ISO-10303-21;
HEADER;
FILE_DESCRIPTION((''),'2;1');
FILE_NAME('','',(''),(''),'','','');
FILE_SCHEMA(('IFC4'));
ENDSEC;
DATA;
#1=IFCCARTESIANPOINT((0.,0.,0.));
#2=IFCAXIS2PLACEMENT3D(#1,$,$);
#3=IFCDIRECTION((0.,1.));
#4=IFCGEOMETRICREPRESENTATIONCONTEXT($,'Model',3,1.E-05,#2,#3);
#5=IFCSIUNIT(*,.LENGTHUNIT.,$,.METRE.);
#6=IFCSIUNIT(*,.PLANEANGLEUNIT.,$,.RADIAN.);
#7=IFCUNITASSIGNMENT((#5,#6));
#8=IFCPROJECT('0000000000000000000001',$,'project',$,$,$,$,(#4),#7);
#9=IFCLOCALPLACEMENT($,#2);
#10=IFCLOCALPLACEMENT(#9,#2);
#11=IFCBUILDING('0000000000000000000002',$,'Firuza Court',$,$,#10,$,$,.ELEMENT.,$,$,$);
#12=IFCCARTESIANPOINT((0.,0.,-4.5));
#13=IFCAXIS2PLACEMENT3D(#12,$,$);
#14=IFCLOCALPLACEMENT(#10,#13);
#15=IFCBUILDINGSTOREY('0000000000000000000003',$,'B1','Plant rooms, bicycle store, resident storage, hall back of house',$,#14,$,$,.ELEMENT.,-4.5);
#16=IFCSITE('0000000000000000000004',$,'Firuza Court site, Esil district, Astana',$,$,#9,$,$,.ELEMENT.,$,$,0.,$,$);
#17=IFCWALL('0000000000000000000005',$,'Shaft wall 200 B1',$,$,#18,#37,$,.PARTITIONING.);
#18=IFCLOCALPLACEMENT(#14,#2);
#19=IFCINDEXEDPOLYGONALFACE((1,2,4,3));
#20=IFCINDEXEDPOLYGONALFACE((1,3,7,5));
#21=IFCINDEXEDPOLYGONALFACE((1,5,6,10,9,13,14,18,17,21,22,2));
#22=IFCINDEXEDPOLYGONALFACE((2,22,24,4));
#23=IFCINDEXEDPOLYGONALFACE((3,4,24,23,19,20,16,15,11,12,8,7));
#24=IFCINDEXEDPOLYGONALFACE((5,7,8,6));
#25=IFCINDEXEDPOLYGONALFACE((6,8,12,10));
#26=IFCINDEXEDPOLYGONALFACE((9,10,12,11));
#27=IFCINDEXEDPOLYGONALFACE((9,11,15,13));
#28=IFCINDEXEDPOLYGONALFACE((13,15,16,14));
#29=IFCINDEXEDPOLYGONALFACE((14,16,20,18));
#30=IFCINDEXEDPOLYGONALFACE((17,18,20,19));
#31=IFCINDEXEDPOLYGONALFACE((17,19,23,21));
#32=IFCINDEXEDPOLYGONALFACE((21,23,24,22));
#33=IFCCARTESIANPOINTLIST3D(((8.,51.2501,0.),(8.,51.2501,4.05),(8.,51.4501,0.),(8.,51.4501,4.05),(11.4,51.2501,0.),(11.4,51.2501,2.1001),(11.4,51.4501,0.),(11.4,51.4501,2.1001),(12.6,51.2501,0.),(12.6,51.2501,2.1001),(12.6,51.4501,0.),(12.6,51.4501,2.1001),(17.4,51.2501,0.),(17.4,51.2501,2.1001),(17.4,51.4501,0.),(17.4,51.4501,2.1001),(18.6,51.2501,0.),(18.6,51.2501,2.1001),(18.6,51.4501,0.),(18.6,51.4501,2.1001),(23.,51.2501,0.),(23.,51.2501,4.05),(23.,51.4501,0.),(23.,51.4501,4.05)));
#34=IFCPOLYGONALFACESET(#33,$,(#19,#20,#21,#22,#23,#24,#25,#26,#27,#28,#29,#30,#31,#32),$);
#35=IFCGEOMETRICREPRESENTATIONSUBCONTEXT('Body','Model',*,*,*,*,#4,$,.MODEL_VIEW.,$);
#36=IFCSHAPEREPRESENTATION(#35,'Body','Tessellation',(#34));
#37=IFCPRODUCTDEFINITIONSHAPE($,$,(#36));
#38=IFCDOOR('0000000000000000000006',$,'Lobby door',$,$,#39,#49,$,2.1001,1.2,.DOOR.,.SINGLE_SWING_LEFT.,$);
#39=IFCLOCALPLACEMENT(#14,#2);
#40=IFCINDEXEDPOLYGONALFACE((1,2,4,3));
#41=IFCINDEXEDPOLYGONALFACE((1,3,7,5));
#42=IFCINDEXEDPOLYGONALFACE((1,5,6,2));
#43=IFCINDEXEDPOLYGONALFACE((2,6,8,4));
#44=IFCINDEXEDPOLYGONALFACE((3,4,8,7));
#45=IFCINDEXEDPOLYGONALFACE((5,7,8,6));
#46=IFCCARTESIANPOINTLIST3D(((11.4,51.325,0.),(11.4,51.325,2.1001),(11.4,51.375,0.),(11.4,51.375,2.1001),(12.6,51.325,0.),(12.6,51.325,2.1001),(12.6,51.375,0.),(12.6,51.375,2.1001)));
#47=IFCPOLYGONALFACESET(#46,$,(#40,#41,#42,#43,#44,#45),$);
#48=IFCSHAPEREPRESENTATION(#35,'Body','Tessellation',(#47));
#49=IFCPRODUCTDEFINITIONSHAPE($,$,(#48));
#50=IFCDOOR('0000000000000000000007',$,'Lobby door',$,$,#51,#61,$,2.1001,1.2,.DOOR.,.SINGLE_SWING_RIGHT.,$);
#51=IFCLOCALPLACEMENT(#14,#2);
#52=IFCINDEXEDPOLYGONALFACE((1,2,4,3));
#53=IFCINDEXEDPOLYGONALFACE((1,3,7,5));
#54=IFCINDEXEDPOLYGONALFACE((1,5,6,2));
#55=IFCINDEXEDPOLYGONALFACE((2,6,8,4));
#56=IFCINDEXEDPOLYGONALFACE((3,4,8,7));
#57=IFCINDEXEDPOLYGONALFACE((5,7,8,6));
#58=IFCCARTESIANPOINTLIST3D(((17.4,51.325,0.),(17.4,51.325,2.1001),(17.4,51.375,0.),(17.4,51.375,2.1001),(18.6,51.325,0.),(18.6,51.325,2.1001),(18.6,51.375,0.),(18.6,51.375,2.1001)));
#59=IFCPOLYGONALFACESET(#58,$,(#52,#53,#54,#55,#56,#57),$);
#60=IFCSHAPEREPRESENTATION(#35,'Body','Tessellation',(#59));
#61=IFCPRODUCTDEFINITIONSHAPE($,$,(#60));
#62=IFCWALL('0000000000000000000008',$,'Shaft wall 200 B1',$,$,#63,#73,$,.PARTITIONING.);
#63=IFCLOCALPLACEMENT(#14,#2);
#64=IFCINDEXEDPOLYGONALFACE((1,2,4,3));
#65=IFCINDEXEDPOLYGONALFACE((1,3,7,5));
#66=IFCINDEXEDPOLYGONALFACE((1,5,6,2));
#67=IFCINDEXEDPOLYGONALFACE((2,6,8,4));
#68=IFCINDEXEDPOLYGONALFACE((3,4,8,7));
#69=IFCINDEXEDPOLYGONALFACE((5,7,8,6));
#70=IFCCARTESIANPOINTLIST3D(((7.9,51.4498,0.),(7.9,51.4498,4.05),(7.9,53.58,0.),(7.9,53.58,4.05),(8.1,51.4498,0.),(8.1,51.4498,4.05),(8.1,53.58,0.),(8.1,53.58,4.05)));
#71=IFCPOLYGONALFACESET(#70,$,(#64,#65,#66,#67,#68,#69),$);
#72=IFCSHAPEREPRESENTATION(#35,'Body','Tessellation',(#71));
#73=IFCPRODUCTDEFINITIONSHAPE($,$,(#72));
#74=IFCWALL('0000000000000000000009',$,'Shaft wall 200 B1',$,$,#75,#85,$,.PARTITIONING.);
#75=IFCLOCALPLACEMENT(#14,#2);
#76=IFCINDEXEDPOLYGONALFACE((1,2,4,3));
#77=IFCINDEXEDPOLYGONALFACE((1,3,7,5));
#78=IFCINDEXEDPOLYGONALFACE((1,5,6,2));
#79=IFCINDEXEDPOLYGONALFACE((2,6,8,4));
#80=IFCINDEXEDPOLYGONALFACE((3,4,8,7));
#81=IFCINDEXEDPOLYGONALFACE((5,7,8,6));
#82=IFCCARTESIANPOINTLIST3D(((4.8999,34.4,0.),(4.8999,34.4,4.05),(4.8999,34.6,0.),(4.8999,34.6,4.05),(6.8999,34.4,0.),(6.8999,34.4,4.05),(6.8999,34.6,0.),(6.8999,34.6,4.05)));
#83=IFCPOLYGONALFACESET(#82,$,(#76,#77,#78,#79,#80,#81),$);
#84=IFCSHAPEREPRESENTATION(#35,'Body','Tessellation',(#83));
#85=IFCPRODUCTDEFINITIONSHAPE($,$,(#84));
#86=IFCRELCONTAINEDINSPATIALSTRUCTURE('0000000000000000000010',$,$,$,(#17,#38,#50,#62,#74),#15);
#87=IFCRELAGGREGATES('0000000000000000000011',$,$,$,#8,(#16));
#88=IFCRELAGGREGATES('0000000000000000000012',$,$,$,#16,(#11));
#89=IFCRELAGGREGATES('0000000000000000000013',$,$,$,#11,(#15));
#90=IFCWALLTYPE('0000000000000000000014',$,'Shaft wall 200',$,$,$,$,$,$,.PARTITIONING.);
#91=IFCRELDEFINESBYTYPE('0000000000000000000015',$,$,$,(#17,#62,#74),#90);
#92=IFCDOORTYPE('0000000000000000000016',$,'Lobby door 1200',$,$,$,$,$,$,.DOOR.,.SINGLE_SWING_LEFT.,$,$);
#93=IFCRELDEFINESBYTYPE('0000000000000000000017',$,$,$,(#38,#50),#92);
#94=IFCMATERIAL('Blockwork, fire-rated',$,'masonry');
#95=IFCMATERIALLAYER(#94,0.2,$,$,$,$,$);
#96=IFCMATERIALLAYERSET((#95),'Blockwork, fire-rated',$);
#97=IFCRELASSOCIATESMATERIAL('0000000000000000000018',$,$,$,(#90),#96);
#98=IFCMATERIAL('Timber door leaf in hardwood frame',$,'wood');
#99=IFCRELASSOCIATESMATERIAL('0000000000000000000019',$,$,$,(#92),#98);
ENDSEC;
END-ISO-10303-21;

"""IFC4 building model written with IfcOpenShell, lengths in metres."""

from ifc_helpers import new_model, si_unit, direction, frame, frame_2d, origin, place, context, subcontext, project, spatial, rectangle, extrude, material, layer, layer_set, type_object, element, fill, save


model = new_model("IFC4")

# Units and contexts
model_context = context("Model", 3, precision=1e-05, world=origin(), true_north=direction((0.0, 1.0)))
body_context = subcontext(model_context, "Body", "Model", "MODEL_VIEW")
ifc_project = project(units=[si_unit("LENGTHUNIT", "METRE"), si_unit("PLANEANGLEUNIT", "RADIAN")], contexts=[model_context])

# Site, building, storey
site_placement = place(None, origin())
site = spatial("IfcSite", under=ifc_project, at=site_placement, Name="Firuza Court site, Esil district, Astana", CompositionType="ELEMENT", RefElevation=0.0)
building_placement = place(site_placement, origin())
building = spatial("IfcBuilding", under=site, at=building_placement, Name="Firuza Court", CompositionType="ELEMENT")
storey_placement = place(building_placement, frame((0.0, 0.0, -4.5)))
storey = spatial("IfcBuildingStorey", under=building, at=storey_placement, Name="B1", Description="Plant rooms, bicycle store, resident storage, hall back of house", CompositionType="ELEMENT", Elevation=-4.5)

# Shared definitions
ifc_material_1 = material(Name="Blockwork, fire-rated", Category="masonry")

# Wall, openings, doors
ifc_layer_1 = layer(ifc_material_1, 0.2)
ifc_layer_set_1 = layer_set([ifc_layer_1], Name="Blockwork, fire-rated")
wall_type_1 = type_object("IfcWallType", Name="Shaft wall 200", PredefinedType="PARTITIONING", material=ifc_layer_set_1)
wall_1_placement = place(storey_placement, frame((8.0, 51.3501, 0.0), z_axis=(0.0, 0.0, 1.0), x_axis=(1.0, 0.0, 0.0)))
wall_1 = element("IfcWall", 1, at=wall_1_placement, inside=storey, type_object=wall_type_1, Name="Shaft wall 200 B1", PredefinedType="PARTITIONING", context=body_context, shape_type="SweptSolid", body=[
    extrude(rectangle(XDim=15.0, YDim=0.2, at=frame_2d((7.5, 0.0))), origin(), (0.0, 0.0, 1.0), 4.05),
])
opening_1_placement = place(wall_1_placement, frame((3.3999, 0.0, 0.0)))
opening_1 = element("IfcOpeningElement", 2, at=opening_1_placement, cuts=wall_1, PredefinedType="OPENING", context=body_context, shape_type="SweptSolid", body=[
    extrude(rectangle(XDim=1.2, YDim=2.1001, at=frame_2d((0.6001, 1.05))), frame((0.0, 0.1118, 0.0), z_axis=(0.0, -1.0, 0.0), x_axis=(1.0, 0.0, 0.0)), (0.0, 0.0, 1.0), 0.2239),
])
opening_2_placement = place(wall_1_placement, frame((9.3999, 0.0, 0.0)))
opening_2 = element("IfcOpeningElement", 3, at=opening_2_placement, cuts=wall_1, PredefinedType="OPENING", context=body_context, shape_type="SweptSolid", body=[
    extrude(rectangle(XDim=1.2, YDim=2.1001, at=frame_2d((0.6001, 1.05))), frame((0.0, 0.1118, 0.0), z_axis=(0.0, -1.0, 0.0), x_axis=(1.0, 0.0, 0.0)), (0.0, 0.0, 1.0), 0.2239),
])
ifc_material_2 = material(Name="Timber door leaf in hardwood frame", Category="wood")
door_type_1 = type_object("IfcDoorType", Name="Lobby door 1200", OperationType="SINGLE_SWING_LEFT", PredefinedType="DOOR", material=ifc_material_2)
door_1_placement = place(opening_1_placement, origin())
door_1 = element("IfcDoor", 4, at=door_1_placement, inside=storey, type_object=door_type_1, Name="Lobby door", OperationType="SINGLE_SWING_LEFT", OverallHeight=2.1001, OverallWidth=1.2, PredefinedType="DOOR", context=body_context, shape_type="SweptSolid", body=[
    extrude(rectangle(XDim=1.2, YDim=2.1001, at=frame_2d((0.6001, 1.05))), frame((0.0, 0.0249, 0.0), z_axis=(0.0, -1.0, 0.0), x_axis=(1.0, 0.0, 0.0)), (0.0, 0.0, 1.0), 0.05),
])
fill(opening_1, door_1)
door_2_placement = place(opening_2_placement, origin())
door_2 = element("IfcDoor", 5, at=door_2_placement, inside=storey, type_object=door_type_1, Name="Lobby door", OperationType="SINGLE_SWING_RIGHT", OverallHeight=2.1001, OverallWidth=1.2, PredefinedType="DOOR", context=body_context, shape_type="SweptSolid", body=[
    extrude(rectangle(XDim=1.2, YDim=2.1001, at=frame_2d((0.6001, 1.05))), frame((0.0, 0.0249, 0.0), z_axis=(0.0, -1.0, 0.0), x_axis=(1.0, 0.0, 0.0)), (0.0, 0.0, 1.0), 0.05),
])
fill(opening_2, door_2)

# Walls
wall_2_placement = place(storey_placement, frame((8.0, 51.45, 0.0), z_axis=(0.0, 0.0, 1.0), x_axis=(0.0, 1.0, 0.0)))
element("IfcWall", 6, at=wall_2_placement, inside=storey, type_object=wall_type_1, Name="Shaft wall 200 B1", PredefinedType="PARTITIONING", context=body_context, shape_type="SweptSolid", body=[
    extrude(rectangle(XDim=2.1301, YDim=0.2, at=frame_2d((1.0649, 0.0))), origin(), (0.0, 0.0, 1.0), 4.05),
])
wall_3_placement = place(storey_placement, frame((4.8999, 34.5, 0.0), z_axis=(0.0, 0.0, 1.0), x_axis=(1.0, 0.0, 0.0)))
element("IfcWall", 7, at=wall_3_placement, inside=storey, type_object=wall_type_1, Name="Shaft wall 200 B1", PredefinedType="PARTITIONING", context=body_context, shape_type="SweptSolid", body=[
    extrude(rectangle(XDim=2.0, YDim=0.2, at=frame_2d((1.0, 0.0))), origin(), (0.0, 0.0, 1.0), 4.05),
])

save(model, "model.ifc")
